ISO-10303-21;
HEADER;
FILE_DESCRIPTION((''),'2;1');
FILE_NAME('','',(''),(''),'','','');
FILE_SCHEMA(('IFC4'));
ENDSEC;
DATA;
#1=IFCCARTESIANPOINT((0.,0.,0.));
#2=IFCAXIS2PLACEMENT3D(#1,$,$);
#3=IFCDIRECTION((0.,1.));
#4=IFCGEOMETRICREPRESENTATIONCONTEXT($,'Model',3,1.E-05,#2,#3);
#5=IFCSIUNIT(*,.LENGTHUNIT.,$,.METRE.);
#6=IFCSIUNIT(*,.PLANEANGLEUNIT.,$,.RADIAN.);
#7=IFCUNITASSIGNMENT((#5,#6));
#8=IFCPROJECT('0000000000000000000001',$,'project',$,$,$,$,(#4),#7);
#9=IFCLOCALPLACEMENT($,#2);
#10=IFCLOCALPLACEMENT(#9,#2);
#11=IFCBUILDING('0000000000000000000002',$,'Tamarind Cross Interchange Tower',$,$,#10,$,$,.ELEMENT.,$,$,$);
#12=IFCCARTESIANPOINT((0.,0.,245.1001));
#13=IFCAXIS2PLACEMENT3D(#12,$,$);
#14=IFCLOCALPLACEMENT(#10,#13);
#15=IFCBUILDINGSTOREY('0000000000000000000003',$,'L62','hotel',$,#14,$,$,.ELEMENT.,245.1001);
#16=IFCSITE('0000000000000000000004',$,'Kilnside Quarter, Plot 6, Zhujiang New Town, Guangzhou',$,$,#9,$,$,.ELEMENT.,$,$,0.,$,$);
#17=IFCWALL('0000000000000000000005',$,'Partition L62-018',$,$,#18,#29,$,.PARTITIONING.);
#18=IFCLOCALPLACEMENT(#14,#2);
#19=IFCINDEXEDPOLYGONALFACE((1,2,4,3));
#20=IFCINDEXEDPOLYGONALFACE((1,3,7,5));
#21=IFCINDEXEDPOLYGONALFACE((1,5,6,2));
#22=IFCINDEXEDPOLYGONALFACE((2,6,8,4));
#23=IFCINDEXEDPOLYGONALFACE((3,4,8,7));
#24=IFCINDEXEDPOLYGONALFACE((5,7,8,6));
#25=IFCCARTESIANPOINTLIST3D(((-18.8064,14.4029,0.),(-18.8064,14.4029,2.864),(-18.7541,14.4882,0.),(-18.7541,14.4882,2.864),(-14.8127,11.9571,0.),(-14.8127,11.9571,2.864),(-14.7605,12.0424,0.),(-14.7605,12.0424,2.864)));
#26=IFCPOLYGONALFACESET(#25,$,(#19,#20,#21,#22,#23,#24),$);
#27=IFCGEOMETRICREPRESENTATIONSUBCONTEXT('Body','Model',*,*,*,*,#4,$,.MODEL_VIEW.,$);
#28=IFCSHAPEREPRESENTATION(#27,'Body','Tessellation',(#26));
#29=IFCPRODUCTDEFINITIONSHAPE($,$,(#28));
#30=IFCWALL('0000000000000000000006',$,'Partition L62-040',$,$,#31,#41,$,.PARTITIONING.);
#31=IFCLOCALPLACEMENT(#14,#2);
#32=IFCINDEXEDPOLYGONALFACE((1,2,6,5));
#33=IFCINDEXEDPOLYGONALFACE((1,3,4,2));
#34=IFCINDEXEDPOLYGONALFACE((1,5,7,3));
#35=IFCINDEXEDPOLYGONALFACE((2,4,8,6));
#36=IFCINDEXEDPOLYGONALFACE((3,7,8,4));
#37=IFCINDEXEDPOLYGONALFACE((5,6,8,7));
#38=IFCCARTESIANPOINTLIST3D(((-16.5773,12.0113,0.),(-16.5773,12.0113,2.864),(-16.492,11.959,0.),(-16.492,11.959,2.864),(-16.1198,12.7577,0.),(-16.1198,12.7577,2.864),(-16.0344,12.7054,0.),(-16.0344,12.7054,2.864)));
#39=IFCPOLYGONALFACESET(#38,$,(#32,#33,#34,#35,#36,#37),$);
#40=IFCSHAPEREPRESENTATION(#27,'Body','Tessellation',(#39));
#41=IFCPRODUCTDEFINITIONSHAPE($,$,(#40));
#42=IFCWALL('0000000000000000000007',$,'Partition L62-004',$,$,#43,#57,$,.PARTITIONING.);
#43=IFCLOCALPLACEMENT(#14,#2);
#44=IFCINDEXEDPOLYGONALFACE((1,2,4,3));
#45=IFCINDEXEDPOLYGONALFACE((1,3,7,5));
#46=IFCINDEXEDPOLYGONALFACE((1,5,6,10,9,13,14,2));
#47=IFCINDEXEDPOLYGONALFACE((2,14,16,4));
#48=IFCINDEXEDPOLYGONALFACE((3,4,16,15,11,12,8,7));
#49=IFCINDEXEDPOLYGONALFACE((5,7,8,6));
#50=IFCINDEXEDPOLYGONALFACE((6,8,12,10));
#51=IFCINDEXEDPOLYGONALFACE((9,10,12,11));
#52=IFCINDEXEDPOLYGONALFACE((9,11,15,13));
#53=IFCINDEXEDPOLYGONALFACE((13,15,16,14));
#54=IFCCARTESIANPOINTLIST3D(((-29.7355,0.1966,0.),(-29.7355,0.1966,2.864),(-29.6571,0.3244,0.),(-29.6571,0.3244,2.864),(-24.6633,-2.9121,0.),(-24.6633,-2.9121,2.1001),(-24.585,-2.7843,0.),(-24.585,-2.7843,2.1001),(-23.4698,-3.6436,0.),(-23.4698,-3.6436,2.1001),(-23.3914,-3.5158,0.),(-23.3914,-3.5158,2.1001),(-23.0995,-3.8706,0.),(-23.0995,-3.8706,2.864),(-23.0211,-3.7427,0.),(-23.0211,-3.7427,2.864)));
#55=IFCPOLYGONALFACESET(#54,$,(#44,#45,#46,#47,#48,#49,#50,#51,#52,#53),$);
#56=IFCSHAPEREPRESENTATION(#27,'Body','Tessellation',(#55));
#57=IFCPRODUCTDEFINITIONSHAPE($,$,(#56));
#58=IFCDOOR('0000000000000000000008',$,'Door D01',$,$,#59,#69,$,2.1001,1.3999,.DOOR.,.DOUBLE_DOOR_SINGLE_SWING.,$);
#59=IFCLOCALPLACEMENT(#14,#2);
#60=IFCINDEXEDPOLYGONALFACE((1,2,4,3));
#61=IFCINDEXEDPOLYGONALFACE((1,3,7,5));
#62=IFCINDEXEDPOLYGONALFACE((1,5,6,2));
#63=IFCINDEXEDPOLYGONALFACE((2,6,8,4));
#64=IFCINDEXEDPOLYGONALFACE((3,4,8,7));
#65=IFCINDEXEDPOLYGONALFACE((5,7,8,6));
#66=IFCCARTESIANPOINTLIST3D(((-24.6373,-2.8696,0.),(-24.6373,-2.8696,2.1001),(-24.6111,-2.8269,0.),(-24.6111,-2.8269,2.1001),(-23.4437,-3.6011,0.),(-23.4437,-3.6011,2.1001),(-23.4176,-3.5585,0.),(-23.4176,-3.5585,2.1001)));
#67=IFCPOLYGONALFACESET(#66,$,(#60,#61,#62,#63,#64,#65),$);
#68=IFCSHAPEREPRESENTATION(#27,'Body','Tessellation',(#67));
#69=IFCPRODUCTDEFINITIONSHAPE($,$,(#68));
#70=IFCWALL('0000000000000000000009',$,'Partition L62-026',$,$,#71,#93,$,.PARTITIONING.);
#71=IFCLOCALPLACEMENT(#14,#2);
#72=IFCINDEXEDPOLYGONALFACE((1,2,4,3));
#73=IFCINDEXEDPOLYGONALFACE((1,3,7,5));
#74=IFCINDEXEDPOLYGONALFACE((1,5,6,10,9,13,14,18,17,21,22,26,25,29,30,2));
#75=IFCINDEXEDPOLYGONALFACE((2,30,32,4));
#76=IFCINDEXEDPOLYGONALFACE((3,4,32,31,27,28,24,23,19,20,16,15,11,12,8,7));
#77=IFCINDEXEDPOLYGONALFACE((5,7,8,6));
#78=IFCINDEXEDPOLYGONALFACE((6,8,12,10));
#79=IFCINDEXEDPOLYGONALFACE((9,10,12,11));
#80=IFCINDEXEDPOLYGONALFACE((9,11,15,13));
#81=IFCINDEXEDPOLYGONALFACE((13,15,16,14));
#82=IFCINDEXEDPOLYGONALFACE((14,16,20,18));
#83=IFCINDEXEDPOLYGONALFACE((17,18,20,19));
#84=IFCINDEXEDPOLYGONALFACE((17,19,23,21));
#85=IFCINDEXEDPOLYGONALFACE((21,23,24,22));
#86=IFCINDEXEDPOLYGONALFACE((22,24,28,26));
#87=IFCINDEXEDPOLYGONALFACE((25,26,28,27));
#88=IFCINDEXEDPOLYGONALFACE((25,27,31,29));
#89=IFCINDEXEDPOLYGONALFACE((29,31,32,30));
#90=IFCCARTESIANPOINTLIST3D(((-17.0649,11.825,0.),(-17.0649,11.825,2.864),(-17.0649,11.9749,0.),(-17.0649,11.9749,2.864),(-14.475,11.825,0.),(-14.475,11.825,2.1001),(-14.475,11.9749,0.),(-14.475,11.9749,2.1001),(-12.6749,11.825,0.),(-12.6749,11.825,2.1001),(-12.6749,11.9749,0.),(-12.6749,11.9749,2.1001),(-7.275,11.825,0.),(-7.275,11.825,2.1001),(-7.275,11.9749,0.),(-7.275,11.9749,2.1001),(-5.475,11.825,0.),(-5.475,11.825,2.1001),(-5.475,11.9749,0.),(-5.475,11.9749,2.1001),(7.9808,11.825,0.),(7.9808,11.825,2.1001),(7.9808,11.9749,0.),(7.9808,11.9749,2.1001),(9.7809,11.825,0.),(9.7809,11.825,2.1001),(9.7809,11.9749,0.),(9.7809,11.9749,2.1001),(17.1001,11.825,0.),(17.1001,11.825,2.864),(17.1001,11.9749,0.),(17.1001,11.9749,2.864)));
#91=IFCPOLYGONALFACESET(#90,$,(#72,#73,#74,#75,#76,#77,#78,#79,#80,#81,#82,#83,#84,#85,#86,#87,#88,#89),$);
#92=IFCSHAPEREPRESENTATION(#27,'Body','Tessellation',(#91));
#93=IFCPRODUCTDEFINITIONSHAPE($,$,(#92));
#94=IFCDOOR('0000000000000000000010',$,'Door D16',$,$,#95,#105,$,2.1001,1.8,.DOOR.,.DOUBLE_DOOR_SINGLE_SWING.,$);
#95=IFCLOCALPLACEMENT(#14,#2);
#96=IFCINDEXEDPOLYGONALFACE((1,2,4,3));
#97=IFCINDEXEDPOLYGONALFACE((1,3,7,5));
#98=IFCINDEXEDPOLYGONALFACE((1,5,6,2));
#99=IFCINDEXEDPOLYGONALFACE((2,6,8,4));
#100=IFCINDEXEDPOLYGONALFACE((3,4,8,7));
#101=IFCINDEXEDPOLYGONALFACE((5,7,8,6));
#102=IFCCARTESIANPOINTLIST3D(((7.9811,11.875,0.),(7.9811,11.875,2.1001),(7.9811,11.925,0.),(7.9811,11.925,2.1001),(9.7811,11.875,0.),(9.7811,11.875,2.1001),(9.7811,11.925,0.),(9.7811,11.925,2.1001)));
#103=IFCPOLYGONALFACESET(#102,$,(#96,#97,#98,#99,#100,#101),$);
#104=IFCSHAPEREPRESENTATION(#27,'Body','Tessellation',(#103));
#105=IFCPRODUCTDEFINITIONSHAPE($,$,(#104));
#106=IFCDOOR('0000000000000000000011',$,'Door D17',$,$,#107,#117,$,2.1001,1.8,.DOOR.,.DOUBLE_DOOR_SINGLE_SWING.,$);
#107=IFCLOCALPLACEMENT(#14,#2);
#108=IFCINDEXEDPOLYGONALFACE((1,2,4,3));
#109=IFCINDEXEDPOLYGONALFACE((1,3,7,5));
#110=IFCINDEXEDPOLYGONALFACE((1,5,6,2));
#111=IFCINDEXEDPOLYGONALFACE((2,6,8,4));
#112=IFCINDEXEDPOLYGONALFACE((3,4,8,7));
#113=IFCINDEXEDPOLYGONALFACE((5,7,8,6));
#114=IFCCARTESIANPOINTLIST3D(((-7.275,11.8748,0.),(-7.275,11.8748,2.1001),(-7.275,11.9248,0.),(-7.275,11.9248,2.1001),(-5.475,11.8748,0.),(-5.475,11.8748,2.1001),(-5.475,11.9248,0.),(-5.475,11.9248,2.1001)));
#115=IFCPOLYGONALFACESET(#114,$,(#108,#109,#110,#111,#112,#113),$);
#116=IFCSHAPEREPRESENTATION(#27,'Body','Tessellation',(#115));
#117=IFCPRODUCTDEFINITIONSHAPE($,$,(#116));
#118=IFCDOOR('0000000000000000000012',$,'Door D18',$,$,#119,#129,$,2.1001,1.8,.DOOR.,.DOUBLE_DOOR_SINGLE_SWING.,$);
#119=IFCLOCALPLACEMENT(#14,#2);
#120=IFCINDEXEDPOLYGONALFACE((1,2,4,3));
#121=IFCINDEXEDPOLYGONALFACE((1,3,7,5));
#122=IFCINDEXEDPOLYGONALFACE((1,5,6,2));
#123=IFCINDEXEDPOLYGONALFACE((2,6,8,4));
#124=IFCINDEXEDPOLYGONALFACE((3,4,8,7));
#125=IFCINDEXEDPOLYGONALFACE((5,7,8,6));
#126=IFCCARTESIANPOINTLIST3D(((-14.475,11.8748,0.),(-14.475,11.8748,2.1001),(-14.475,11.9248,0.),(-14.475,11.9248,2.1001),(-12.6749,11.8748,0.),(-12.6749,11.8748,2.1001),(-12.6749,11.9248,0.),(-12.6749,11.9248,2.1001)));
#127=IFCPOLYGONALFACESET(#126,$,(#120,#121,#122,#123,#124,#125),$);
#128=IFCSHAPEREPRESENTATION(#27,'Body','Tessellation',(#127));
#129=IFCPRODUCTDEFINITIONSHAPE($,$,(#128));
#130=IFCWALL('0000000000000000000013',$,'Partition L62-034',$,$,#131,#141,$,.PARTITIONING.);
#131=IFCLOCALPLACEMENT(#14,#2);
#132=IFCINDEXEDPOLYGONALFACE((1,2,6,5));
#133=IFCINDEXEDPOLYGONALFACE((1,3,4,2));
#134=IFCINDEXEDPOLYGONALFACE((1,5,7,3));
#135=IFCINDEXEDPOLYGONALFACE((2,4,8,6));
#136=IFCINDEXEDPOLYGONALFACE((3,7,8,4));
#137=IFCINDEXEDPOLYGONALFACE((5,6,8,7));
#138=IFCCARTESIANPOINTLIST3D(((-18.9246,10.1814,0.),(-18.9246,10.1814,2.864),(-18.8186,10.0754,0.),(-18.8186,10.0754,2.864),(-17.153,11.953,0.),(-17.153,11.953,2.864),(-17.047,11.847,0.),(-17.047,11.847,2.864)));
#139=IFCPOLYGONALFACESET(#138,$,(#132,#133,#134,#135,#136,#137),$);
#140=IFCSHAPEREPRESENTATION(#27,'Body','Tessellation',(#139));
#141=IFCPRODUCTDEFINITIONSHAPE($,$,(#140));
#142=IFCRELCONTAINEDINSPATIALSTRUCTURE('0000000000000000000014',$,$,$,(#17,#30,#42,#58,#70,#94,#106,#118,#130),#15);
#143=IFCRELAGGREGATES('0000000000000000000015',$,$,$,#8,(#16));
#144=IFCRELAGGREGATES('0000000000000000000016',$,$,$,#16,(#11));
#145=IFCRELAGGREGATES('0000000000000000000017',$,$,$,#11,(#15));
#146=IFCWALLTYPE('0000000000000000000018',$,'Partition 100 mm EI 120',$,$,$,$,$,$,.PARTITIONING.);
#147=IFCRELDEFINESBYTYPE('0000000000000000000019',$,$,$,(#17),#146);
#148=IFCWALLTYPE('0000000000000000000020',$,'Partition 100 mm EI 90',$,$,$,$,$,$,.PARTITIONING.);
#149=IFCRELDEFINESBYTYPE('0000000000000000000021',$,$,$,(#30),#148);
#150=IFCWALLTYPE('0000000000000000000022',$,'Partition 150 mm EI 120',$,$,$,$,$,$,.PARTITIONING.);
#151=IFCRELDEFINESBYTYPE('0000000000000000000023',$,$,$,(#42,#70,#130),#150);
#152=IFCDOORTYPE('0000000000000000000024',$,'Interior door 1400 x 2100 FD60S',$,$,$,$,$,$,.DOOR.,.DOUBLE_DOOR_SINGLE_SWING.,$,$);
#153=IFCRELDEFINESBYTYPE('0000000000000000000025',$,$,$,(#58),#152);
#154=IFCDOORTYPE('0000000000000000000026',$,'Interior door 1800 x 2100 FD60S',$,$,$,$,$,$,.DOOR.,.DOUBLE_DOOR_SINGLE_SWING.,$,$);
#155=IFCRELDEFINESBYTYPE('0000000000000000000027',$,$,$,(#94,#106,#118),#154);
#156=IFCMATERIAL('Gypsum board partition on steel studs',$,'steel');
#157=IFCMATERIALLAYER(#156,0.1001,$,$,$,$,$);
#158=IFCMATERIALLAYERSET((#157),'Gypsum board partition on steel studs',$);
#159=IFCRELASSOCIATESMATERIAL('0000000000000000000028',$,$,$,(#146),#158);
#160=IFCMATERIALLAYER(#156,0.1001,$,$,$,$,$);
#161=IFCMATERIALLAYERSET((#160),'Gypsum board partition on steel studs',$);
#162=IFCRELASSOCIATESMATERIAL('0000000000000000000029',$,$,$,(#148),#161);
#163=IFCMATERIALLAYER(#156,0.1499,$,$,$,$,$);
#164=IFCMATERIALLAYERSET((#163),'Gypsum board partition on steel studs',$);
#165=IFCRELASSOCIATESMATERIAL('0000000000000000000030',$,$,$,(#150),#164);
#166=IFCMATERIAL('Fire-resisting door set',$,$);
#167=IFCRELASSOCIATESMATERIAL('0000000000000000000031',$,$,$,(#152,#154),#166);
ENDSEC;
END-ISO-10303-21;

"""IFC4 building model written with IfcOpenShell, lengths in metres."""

from ifc_helpers import new_model, si_unit, direction, frame, frame_2d, origin, place, context, subcontext, project, spatial, rectangle, extrude, material, layer, layer_set, type_object, element, fill, save


model = new_model("IFC4")

# Units and contexts
model_context = context("Model", 3, precision=1e-05, world=origin(), true_north=direction((0.0, 1.0)))
body_context = subcontext(model_context, "Body", "Model", "MODEL_VIEW")
ifc_project = project(units=[si_unit("LENGTHUNIT", "METRE"), si_unit("PLANEANGLEUNIT", "RADIAN")], contexts=[model_context])

# Site, building, storey
site_placement = place(None, origin())
site = spatial("IfcSite", under=ifc_project, at=site_placement, Name="Kilnside Quarter, Plot 6, Zhujiang New Town, Guangzhou", CompositionType="ELEMENT", RefElevation=0.0)
building_placement = place(site_placement, origin())
building = spatial("IfcBuilding", under=site, at=building_placement, Name="Tamarind Cross Interchange Tower", CompositionType="ELEMENT")
storey_placement = place(building_placement, frame((0.0, 0.0, 245.1001)))
storey = spatial("IfcBuildingStorey", under=building, at=storey_placement, Name="L62", Description="hotel", CompositionType="ELEMENT", Elevation=245.1001)

# Walls
ifc_material_1 = material(Name="Gypsum board partition on steel studs", Category="steel")
ifc_layer_1 = layer(ifc_material_1, 0.1001)
ifc_layer_set_1 = layer_set([ifc_layer_1], Name="Gypsum board partition on steel studs")
wall_type_1 = type_object("IfcWallType", Name="Partition 100 mm EI 120", PredefinedType="PARTITIONING", material=ifc_layer_set_1)
wall_1_placement = place(storey_placement, frame((-18.7803, 14.4456, 0.0), z_axis=(0.0, 0.0, 1.0), x_axis=(0.852784, -0.522264, 0.0)))
element("IfcWall", 1, at=wall_1_placement, inside=storey, type_object=wall_type_1, Name="Partition L62-018", PredefinedType="PARTITIONING", context=body_context, shape_type="SweptSolid", body=[
    extrude(rectangle(XDim=4.6831, YDim=0.1001, at=frame_2d((2.3416, 0.0))), origin(), (0.0, 0.0, 1.0), 2.864),
])
ifc_layer_2 = layer(ifc_material_1, 0.1001)
ifc_layer_set_2 = layer_set([ifc_layer_2], Name="Gypsum board partition on steel studs")
wall_type_2 = type_object("IfcWallType", Name="Partition 100 mm EI 90", PredefinedType="PARTITIONING", material=ifc_layer_set_2)
wall_2_placement = place(storey_placement, frame((-16.5347, 11.9851, 0.0), z_axis=(0.0, 0.0, 1.0), x_axis=(0.522634, 0.852557, 0.0)))
element("IfcWall", 2, at=wall_2_placement, inside=storey, type_object=wall_type_2, Name="Partition L62-040", PredefinedType="PARTITIONING", context=body_context, shape_type="SweptSolid", body=[
    extrude(rectangle(XDim=0.8755, YDim=0.1001, at=frame_2d((0.4377, 0.0))), origin(), (0.0, 0.0, 1.0), 2.864),
])

# Wall, opening, door
ifc_layer_3 = layer(ifc_material_1, 0.1499)
ifc_layer_set_3 = layer_set([ifc_layer_3], Name="Gypsum board partition on steel studs")
wall_type_3 = type_object("IfcWallType", Name="Partition 150 mm EI 120", PredefinedType="PARTITIONING", material=ifc_layer_set_3)
wall_3_placement = place(storey_placement, frame((-29.6963, 0.2605, 0.0), z_axis=(0.0, 0.0, 1.0), x_axis=(0.852606, -0.522555, 0.0)))
wall_3 = element("IfcWall", 3, at=wall_3_placement, inside=storey, type_object=wall_type_3, Name="Partition L62-004", PredefinedType="PARTITIONING", context=body_context, shape_type="SweptSolid", body=[
    extrude(rectangle(XDim=7.7832, YDim=0.1499, at=frame_2d((3.8916, 0.0))), origin(), (0.0, 0.0, 1.0), 2.864),
])
opening_1_placement = place(wall_3_placement, frame((5.949, 0.0, 0.0)))
opening_1 = element("IfcOpeningElement", 4, at=opening_1_placement, cuts=wall_3, PredefinedType="OPENING", context=body_context, shape_type="SweptSolid", body=[
    extrude(rectangle(XDim=1.3999, YDim=2.1001, at=frame_2d((0.7, 1.05))), frame((0.0, 0.085, 0.0), z_axis=(0.0, -1.0, 0.0), x_axis=(1.0, 0.0, 0.0)), (0.0, 0.0, 1.0), 0.1699),
])
ifc_material_2 = material(Name="Fire-resisting door set")
door_type_1 = type_object("IfcDoorType", Name="Interior door 1400 x 2100 FD60S", OperationType="DOUBLE_DOOR_SINGLE_SWING", PredefinedType="DOOR", material=ifc_material_2)
door_1_placement = place(opening_1_placement, origin())
door_1 = element("IfcDoor", 5, at=door_1_placement, inside=storey, type_object=door_type_1, Name="Door D01", OperationType="DOUBLE_DOOR_SINGLE_SWING", OverallHeight=2.1001, OverallWidth=1.3999, PredefinedType="DOOR", context=body_context, shape_type="SweptSolid", body=[
    extrude(rectangle(XDim=1.3999, YDim=2.1001, at=frame_2d((0.7, 1.05))), frame((0.0, 0.0249, 0.0), z_axis=(0.0, -1.0, 0.0), x_axis=(1.0, 0.0, 0.0)), (0.0, 0.0, 1.0), 0.05),
])
fill(opening_1, door_1)

# Wall, openings, doors
wall_4_placement = place(storey_placement, frame((-17.0649, 11.8999, 0.0), z_axis=(0.0, 0.0, 1.0), x_axis=(1.0, 0.0, 0.0)))
wall_4 = element("IfcWall", 6, at=wall_4_placement, inside=storey, type_object=wall_type_3, Name="Partition L62-026", PredefinedType="PARTITIONING", context=body_context, shape_type="SweptSolid", body=[
    extrude(rectangle(XDim=34.165, YDim=0.1499, at=frame_2d((17.0825, 0.0))), origin(), (0.0, 0.0, 1.0), 2.864),
])
opening_2_placement = place(wall_4_placement, frame((25.0459, 0.0, 0.0)))
opening_2 = element("IfcOpeningElement", 7, at=opening_2_placement, cuts=wall_4, PredefinedType="OPENING", context=body_context, shape_type="SweptSolid", body=[
    extrude(rectangle(XDim=1.8, YDim=2.1001, at=frame_2d((0.8999, 1.05))), frame((0.0, 0.085, 0.0), z_axis=(0.0, -1.0, 0.0), x_axis=(1.0, 0.0, 0.0)), (0.0, 0.0, 1.0), 0.1699),
])
opening_3_placement = place(wall_4_placement, frame((9.79, 0.0, 0.0)))
opening_3 = element("IfcOpeningElement", 8, at=opening_3_placement, cuts=wall_4, PredefinedType="OPENING", context=body_context, shape_type="SweptSolid", body=[
    extrude(rectangle(XDim=1.8, YDim=2.1001, at=frame_2d((0.8999, 1.05))), frame((0.0, 0.085, 0.0), z_axis=(0.0, -1.0, 0.0), x_axis=(1.0, 0.0, 0.0)), (0.0, 0.0, 1.0), 0.1699),
])
opening_4_placement = place(wall_4_placement, frame((2.5901, 0.0, 0.0)))
opening_4 = element("IfcOpeningElement", 9, at=opening_4_placement, cuts=wall_4, PredefinedType="OPENING", context=body_context, shape_type="SweptSolid", body=[
    extrude(rectangle(XDim=1.8, YDim=2.1001, at=frame_2d((0.8999, 1.05))), frame((0.0, 0.085, 0.0), z_axis=(0.0, -1.0, 0.0), x_axis=(1.0, 0.0, 0.0)), (0.0, 0.0, 1.0), 0.1699),
])
door_type_2 = type_object("IfcDoorType", Name="Interior door 1800 x 2100 FD60S", OperationType="DOUBLE_DOOR_SINGLE_SWING", PredefinedType="DOOR", material=ifc_material_2)
door_2_placement = place(opening_2_placement, frame((1.8, 0.0, 0.0), z_axis=(0.0, 0.0, 1.0), x_axis=(-1.0, 0.0, 0.0)))
door_2 = element("IfcDoor", 10, at=door_2_placement, inside=storey, type_object=door_type_2, Name="Door D16", OperationType="DOUBLE_DOOR_SINGLE_SWING", OverallHeight=2.1001, OverallWidth=1.8, PredefinedType="DOOR", context=body_context, shape_type="SweptSolid", body=[
    extrude(rectangle(XDim=1.8, YDim=2.1001, at=frame_2d((0.8999, 1.05))), frame((0.0, 0.0249, 0.0), z_axis=(0.0, -1.0, 0.0), x_axis=(1.0, 0.0, 0.0)), (0.0, 0.0, 1.0), 0.05),
])
fill(opening_2, door_2)
door_3_placement = place(opening_3_placement, origin())
door_3 = element("IfcDoor", 11, at=door_3_placement, inside=storey, type_object=door_type_2, Name="Door D17", OperationType="DOUBLE_DOOR_SINGLE_SWING", OverallHeight=2.1001, OverallWidth=1.8, PredefinedType="DOOR", context=body_context, shape_type="SweptSolid", body=[
    extrude(rectangle(XDim=1.8, YDim=2.1001, at=frame_2d((0.8999, 1.05))), frame((0.0, 0.0249, 0.0), z_axis=(0.0, -1.0, 0.0), x_axis=(1.0, 0.0, 0.0)), (0.0, 0.0, 1.0), 0.05),
])
fill(opening_3, door_3)
door_4_placement = place(opening_4_placement, origin())
door_4 = element("IfcDoor", 12, at=door_4_placement, inside=storey, type_object=door_type_2, Name="Door D18", OperationType="DOUBLE_DOOR_SINGLE_SWING", OverallHeight=2.1001, OverallWidth=1.8, PredefinedType="DOOR", context=body_context, shape_type="SweptSolid", body=[
    extrude(rectangle(XDim=1.8, YDim=2.1001, at=frame_2d((0.8999, 1.05))), frame((0.0, 0.0249, 0.0), z_axis=(0.0, -1.0, 0.0), x_axis=(1.0, 0.0, 0.0)), (0.0, 0.0, 1.0), 0.05),
])
fill(opening_4, door_4)

# Wall
wall_5_placement = place(storey_placement, frame((-18.8716, 10.1284, 0.0), z_axis=(0.0, 0.0, 1.0), x_axis=(0.707107, 0.707107, 0.0)))
element("IfcWall", 13, at=wall_5_placement, inside=storey, type_object=wall_type_3, Name="Partition L62-034", PredefinedType="PARTITIONING", context=body_context, shape_type="SweptSolid", body=[
    extrude(rectangle(XDim=2.5054, YDim=0.1499, at=frame_2d((1.2527, 0.0))), origin(), (0.0, 0.0, 1.0), 2.864),
])

save(model, "model.ifc")
